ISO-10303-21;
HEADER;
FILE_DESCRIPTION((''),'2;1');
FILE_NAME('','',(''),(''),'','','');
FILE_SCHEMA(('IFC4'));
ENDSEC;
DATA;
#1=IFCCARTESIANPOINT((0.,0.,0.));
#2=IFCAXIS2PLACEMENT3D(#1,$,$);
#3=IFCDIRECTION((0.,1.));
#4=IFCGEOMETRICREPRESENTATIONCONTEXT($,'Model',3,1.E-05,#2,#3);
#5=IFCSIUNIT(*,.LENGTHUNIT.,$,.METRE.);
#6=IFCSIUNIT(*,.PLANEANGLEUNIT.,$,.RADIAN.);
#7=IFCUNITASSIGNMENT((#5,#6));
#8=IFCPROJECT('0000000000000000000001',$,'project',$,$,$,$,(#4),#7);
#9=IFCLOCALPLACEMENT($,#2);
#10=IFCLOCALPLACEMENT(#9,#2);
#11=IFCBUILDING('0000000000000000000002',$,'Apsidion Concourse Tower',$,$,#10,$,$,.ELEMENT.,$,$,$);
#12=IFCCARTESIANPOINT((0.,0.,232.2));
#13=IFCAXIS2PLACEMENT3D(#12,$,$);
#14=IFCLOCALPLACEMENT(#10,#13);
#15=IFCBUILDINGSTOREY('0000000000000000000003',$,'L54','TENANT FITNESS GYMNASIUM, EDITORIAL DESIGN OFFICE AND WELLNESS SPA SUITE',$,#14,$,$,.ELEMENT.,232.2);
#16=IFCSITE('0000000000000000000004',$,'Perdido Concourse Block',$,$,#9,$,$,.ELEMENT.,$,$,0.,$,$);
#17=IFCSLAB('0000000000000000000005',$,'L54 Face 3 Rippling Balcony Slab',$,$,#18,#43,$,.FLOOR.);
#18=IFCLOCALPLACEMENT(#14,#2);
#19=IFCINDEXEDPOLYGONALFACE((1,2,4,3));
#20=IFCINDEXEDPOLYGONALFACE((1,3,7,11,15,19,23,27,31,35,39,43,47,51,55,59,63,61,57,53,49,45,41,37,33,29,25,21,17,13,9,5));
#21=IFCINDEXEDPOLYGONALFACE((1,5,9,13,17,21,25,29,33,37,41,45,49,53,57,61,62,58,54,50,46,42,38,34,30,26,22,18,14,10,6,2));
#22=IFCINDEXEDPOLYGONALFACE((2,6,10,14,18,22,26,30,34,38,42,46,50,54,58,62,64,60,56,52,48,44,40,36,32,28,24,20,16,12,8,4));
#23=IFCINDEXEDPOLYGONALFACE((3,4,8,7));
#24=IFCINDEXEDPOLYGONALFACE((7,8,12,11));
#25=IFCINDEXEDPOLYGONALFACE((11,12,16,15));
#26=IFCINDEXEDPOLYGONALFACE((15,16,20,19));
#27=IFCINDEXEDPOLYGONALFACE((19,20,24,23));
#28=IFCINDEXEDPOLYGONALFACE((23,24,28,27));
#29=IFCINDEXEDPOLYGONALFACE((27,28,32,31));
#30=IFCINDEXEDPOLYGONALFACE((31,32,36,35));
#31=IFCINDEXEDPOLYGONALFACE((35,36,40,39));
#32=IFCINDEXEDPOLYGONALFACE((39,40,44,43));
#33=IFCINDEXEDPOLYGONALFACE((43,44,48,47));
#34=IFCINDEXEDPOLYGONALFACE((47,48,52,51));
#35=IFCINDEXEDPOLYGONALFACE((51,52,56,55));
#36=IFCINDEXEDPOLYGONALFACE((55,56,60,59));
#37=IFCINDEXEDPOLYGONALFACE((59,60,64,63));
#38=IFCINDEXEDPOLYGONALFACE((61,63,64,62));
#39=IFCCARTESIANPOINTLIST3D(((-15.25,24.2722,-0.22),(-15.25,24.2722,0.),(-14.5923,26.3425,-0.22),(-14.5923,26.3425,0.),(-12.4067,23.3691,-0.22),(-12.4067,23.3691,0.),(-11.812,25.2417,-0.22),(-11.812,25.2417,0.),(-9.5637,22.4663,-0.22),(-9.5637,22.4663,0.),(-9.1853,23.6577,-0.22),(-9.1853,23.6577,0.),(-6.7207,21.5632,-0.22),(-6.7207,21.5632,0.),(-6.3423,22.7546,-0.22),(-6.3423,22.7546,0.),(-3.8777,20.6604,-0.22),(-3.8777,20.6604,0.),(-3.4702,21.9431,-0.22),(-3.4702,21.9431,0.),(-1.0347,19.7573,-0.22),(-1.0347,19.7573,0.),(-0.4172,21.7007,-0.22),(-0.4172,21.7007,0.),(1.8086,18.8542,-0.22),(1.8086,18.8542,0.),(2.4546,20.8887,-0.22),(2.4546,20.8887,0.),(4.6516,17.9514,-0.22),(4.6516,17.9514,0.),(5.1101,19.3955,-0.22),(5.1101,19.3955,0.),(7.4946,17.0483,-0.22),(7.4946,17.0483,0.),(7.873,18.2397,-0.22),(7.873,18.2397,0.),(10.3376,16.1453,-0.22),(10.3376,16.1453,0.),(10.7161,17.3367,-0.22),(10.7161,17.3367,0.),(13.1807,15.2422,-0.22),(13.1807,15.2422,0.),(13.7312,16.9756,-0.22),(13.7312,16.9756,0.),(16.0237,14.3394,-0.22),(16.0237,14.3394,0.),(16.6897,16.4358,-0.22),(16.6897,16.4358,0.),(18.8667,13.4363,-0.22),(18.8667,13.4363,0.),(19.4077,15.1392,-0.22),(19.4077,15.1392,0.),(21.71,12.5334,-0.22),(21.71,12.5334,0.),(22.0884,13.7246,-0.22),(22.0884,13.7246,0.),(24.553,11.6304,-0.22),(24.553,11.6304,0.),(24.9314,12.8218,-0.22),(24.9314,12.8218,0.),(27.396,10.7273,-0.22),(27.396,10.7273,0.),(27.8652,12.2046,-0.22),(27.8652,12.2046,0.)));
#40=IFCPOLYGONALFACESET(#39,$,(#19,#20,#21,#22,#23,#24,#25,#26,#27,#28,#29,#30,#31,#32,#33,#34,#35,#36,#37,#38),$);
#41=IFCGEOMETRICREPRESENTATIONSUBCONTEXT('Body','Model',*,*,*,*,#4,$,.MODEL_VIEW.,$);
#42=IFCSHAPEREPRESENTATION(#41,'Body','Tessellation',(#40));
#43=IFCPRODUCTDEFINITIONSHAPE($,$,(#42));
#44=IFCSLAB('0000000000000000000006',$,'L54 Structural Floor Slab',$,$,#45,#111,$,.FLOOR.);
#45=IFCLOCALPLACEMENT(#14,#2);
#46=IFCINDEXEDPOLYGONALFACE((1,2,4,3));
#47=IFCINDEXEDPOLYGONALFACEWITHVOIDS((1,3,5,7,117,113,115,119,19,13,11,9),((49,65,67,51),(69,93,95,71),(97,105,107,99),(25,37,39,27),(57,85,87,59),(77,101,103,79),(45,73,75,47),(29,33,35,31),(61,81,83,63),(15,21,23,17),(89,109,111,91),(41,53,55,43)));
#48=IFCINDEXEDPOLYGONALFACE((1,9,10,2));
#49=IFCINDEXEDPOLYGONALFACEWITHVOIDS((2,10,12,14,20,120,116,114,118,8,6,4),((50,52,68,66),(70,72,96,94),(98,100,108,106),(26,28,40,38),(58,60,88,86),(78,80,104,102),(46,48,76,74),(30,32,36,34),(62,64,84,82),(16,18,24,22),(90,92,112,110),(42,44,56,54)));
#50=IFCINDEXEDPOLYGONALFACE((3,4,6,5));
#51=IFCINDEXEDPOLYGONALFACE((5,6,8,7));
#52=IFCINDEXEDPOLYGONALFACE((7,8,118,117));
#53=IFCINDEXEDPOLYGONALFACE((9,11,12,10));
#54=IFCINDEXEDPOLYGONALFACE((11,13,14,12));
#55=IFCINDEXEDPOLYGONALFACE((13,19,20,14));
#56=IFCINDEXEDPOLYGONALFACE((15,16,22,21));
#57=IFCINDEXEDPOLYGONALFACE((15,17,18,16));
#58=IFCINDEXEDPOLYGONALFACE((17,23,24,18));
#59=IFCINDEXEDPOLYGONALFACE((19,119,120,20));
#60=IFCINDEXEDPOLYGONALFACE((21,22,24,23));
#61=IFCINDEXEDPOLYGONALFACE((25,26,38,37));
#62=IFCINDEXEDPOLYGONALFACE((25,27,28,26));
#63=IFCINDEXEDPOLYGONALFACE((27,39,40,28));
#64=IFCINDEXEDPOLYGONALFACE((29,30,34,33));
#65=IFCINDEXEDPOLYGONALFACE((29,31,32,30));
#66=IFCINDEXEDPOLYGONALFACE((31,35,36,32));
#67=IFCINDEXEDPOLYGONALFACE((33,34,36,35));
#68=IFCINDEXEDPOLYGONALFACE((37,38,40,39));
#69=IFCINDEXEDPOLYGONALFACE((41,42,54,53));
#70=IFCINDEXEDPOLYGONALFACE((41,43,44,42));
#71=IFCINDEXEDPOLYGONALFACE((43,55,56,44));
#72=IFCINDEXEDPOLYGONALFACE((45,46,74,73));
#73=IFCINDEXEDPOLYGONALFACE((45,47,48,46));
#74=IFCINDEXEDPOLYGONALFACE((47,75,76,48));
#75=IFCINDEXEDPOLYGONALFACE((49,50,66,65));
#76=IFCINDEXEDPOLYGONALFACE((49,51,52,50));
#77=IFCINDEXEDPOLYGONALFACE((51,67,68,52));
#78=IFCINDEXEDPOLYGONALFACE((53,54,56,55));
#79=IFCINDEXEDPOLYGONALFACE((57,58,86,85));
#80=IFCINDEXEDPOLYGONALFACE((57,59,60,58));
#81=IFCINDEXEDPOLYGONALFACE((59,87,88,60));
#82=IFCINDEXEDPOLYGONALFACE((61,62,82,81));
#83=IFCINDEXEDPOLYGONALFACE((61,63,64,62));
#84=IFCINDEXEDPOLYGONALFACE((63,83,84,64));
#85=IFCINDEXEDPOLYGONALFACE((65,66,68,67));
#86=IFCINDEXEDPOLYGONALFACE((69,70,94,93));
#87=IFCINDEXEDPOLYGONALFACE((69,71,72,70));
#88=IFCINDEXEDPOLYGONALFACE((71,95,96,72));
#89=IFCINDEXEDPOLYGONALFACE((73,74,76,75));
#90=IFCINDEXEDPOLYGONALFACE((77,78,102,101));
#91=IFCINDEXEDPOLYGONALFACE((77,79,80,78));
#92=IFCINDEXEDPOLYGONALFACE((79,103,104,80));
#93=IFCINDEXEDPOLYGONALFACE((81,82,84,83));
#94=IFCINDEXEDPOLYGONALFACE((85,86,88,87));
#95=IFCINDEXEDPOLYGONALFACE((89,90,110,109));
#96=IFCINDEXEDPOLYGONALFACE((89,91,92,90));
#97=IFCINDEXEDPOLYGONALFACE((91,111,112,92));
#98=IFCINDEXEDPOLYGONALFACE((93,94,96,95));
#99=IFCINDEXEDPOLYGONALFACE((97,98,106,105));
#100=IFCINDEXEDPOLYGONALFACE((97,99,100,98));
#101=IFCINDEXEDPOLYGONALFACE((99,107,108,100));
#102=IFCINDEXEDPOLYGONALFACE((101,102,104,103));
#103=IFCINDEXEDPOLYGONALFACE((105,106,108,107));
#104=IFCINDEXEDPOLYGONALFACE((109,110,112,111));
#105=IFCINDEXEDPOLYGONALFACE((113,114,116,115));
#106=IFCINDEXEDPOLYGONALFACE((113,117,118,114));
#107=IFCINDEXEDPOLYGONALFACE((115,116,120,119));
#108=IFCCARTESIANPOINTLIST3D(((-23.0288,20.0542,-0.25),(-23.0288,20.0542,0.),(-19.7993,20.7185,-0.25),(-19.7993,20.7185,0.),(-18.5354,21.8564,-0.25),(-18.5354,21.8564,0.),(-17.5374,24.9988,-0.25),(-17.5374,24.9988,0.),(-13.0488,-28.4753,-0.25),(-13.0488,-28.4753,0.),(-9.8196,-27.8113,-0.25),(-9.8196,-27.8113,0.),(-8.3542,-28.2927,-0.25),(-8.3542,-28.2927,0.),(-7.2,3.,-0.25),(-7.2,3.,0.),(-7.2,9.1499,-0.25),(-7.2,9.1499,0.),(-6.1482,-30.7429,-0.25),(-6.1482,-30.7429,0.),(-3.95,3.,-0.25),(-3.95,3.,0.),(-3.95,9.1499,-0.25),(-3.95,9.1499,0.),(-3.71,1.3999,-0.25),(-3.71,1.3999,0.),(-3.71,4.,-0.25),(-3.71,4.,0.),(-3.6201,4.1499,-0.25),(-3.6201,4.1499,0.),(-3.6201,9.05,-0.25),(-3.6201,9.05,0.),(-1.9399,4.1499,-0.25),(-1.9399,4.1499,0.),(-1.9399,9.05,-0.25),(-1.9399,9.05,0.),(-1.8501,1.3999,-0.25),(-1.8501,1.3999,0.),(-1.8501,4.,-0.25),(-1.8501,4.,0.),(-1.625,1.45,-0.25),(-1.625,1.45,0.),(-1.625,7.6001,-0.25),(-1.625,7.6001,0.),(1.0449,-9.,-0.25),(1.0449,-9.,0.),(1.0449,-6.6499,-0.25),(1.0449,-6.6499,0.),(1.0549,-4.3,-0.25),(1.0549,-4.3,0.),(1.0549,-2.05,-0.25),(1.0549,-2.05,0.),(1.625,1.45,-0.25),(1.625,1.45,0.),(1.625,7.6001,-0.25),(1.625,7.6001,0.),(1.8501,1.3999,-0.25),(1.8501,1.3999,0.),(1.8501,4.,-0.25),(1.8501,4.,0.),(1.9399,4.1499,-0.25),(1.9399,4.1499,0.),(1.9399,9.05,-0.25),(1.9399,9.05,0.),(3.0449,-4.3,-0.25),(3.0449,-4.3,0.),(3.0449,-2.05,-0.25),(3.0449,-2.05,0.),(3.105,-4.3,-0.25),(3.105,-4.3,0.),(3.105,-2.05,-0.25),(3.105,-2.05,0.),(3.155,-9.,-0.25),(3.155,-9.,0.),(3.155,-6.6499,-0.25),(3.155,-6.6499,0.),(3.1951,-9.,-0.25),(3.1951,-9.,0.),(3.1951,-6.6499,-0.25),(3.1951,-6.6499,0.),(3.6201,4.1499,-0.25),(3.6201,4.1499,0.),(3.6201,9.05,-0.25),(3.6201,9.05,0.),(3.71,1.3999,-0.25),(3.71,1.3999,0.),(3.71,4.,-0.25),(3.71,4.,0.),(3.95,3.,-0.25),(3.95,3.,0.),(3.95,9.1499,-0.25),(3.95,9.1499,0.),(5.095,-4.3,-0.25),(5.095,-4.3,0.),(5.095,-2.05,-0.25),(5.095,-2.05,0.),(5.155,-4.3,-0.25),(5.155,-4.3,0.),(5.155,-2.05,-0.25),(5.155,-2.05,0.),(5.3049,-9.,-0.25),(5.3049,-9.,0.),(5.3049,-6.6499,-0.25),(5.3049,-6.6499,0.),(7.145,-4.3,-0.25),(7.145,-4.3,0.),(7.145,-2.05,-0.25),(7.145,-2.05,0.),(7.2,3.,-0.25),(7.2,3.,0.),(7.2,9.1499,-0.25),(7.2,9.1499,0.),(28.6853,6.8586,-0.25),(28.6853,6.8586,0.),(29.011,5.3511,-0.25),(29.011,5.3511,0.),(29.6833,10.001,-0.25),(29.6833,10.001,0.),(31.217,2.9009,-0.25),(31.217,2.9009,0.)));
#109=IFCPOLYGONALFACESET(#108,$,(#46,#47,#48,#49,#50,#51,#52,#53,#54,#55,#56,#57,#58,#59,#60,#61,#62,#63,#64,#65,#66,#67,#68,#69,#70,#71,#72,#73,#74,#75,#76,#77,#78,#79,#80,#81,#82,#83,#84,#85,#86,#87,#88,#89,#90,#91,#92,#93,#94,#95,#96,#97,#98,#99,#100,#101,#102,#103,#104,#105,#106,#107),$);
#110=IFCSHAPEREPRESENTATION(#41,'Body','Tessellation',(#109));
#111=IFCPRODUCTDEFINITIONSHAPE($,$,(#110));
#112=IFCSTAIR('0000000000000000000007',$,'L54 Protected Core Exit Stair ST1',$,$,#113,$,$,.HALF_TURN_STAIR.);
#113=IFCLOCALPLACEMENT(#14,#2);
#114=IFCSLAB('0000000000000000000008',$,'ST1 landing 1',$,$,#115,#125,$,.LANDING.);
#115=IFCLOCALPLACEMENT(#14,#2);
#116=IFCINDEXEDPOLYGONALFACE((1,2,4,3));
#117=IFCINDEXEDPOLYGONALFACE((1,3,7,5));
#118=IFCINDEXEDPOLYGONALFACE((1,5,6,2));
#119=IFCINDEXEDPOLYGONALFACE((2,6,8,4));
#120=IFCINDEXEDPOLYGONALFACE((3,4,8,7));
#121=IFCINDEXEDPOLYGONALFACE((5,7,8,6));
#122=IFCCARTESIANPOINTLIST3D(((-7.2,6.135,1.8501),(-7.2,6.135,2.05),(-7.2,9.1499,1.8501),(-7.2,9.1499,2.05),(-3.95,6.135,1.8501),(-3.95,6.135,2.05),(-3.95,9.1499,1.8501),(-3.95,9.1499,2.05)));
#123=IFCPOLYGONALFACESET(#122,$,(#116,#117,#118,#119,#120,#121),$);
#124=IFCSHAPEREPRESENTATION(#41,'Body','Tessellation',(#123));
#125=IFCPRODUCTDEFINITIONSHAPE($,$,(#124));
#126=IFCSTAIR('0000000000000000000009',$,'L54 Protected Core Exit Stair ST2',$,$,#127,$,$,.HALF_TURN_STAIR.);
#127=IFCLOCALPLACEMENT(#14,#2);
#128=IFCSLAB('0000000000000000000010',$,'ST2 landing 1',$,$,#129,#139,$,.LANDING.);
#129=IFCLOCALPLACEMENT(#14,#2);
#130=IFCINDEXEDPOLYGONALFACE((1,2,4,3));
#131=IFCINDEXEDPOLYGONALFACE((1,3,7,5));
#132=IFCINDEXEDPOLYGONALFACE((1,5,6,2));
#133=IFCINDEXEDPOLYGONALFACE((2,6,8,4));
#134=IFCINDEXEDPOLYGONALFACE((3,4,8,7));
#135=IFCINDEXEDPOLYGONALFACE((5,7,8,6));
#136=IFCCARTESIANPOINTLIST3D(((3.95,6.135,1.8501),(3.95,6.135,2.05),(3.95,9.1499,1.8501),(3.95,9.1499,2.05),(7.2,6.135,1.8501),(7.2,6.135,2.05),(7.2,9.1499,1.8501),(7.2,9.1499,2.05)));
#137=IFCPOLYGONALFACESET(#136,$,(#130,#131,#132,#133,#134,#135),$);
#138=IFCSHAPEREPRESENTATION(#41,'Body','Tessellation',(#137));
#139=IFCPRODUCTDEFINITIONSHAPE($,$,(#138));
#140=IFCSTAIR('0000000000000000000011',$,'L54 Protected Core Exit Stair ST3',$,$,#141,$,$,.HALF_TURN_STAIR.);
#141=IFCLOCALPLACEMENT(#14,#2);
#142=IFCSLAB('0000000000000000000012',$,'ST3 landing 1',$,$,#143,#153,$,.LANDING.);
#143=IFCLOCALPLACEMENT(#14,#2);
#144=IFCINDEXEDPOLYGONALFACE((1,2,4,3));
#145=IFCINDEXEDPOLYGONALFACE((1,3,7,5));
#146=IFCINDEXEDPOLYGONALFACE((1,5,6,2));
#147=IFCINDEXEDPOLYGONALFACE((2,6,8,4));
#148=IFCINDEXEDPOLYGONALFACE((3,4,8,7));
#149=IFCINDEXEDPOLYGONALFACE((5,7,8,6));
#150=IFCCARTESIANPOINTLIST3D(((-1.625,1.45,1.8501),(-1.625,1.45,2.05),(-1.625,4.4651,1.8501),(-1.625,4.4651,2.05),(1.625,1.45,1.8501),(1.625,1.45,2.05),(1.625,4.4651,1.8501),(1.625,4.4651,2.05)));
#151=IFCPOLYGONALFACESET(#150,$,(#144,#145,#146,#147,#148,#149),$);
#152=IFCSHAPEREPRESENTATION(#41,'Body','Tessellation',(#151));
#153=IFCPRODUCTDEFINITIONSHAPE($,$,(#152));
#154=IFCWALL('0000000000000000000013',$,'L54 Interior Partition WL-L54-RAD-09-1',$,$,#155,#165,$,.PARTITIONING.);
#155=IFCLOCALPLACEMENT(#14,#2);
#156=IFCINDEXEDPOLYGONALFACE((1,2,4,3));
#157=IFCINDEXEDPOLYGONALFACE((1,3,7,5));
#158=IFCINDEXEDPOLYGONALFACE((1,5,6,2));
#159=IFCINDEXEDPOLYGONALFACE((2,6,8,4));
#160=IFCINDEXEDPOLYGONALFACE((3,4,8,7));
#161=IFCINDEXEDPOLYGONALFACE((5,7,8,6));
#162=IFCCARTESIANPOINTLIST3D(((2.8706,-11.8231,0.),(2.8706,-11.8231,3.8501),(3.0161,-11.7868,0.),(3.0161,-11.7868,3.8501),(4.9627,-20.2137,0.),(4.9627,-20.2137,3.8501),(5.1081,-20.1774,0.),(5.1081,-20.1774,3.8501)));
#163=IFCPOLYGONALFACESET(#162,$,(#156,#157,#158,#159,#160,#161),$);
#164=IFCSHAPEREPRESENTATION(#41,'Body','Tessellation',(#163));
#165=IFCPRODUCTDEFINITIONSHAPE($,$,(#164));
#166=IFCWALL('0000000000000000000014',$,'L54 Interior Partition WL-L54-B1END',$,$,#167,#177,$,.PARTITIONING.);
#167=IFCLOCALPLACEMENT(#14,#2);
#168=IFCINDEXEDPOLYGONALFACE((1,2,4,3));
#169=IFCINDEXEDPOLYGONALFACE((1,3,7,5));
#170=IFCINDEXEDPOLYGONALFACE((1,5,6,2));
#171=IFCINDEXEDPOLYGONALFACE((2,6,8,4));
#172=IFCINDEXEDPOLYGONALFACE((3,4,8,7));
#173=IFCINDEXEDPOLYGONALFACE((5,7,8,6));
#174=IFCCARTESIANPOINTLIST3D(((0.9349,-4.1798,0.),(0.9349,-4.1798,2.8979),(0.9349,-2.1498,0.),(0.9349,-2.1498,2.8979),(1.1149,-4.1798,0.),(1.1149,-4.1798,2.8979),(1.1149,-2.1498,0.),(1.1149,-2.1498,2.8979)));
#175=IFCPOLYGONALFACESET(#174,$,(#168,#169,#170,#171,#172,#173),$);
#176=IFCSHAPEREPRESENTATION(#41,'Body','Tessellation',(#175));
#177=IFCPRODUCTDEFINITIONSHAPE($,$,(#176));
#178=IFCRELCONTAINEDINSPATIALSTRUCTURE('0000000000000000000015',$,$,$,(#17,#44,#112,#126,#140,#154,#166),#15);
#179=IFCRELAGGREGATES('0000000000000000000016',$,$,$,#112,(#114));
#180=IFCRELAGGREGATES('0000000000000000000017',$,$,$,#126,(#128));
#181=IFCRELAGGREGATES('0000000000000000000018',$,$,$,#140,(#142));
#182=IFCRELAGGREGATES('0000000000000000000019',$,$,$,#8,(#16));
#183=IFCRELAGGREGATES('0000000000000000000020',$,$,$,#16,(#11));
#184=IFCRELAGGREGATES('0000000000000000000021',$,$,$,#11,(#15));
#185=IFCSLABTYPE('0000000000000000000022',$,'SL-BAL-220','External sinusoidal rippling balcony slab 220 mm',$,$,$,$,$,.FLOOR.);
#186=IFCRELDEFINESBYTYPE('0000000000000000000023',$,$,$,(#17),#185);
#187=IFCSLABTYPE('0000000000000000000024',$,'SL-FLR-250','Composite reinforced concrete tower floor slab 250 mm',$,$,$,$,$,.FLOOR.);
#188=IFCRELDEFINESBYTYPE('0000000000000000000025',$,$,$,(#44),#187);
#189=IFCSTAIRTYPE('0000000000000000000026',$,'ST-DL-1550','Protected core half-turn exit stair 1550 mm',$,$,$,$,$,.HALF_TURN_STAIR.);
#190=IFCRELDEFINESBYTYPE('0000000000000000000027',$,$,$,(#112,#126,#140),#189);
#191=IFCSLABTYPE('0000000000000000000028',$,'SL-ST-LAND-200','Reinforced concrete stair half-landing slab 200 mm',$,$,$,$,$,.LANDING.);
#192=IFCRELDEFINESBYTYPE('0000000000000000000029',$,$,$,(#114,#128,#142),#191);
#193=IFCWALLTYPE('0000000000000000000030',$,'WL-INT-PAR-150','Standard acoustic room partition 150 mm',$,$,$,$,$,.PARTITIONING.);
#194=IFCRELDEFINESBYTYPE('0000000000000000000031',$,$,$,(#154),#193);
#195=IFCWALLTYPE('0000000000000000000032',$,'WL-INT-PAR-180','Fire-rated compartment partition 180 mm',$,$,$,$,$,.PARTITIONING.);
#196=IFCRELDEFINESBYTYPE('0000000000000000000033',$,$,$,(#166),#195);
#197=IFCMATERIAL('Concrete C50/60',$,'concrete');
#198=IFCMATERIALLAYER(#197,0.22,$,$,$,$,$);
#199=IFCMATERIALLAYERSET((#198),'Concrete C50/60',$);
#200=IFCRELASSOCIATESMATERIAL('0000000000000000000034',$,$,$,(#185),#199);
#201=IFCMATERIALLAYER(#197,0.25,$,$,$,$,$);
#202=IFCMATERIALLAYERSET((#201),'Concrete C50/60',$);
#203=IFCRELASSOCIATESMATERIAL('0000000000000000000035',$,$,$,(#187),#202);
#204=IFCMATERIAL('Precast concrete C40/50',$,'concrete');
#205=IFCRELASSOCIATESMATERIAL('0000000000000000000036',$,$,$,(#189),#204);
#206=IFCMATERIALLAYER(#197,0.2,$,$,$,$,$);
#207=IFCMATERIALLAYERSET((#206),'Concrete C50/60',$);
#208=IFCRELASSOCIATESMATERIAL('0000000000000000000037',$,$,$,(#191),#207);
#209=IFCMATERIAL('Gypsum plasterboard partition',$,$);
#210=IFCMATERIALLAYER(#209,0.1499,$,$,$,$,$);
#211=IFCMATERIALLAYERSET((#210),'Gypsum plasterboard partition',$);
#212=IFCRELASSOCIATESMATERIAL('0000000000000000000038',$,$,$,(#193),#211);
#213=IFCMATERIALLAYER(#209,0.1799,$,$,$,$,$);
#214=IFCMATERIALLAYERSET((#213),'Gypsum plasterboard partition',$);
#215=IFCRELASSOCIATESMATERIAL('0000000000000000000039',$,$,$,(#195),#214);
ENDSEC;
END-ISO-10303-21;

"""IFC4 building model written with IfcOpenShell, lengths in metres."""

from ifc_helpers import new_model, si_unit, direction, frame, frame_2d, origin, place, context, subcontext, project, spatial, polyline, rectangle, outline, extrude, material, layer, layer_set, type_object, element, aggregate, save


model = new_model("IFC4")

# Units and contexts
model_context = context("Model", 3, precision=1e-05, world=origin(), true_north=direction((0.0, 1.0)))
body_context = subcontext(model_context, "Body", "Model", "MODEL_VIEW")
ifc_project = project(units=[si_unit("LENGTHUNIT", "METRE"), si_unit("PLANEANGLEUNIT", "RADIAN")], contexts=[model_context])

# Site, building, storey
site_placement = place(None, origin())
site = spatial("IfcSite", under=ifc_project, at=site_placement, Name="Perdido Concourse Block", CompositionType="ELEMENT", RefElevation=0.0)
building_placement = place(site_placement, origin())
building = spatial("IfcBuilding", under=site, at=building_placement, Name="Apsidion Concourse Tower", CompositionType="ELEMENT")
storey_placement = place(building_placement, frame((0.0, 0.0, 232.2)))
storey = spatial("IfcBuildingStorey", under=building, at=storey_placement, Name="L54", Description="TENANT FITNESS GYMNASIUM, EDITORIAL DESIGN OFFICE AND WELLNESS SPA SUITE", CompositionType="ELEMENT", Elevation=232.2)

# Shared definitions
ifc_material_1 = material(Name="Concrete C50/60", Category="concrete")

# Slabs
ifc_layer_1 = layer(ifc_material_1, 0.22)
ifc_layer_set_1 = layer_set([ifc_layer_1], Name="Concrete C50/60")
slab_type_1 = type_object("IfcSlabType", Name="SL-BAL-220", Description="External sinusoidal rippling balcony slab 220 mm", PredefinedType="FLOOR", material=ifc_layer_set_1)
slab_1_placement = place(storey_placement, frame((0.0, 0.0, -0.22)))
element("IfcSlab", 1, at=slab_1_placement, inside=storey, type_object=slab_type_1, Name="L54 Face 3 Rippling Balcony Slab", PredefinedType="FLOOR", context=body_context, shape_type="SweptSolid", body=[
    extrude(outline(polyline([(27.396, 10.7273), (24.553, 11.6304), (21.71, 12.5334), (18.8667, 13.4363), (16.0237, 14.3394), (13.1807, 15.2422), (10.3376, 16.1453), (7.4946, 17.0483), (4.6516, 17.9514), (1.8086, 18.8542), (-1.0347, 19.7573), (-3.8777, 20.6604), (-6.7207, 21.5632), (-9.5637, 22.4663), (-12.4067, 23.3691), (-15.25, 24.2722), (-14.5923, 26.3425), (-11.812, 25.2417), (-9.1853, 23.6577), (-6.3423, 22.7546), (-3.4702, 21.9431), (-0.4172, 21.7007), (2.4546, 20.8887), (5.1101, 19.3955), (7.873, 18.2397), (10.7161, 17.3367), (13.7312, 16.9756), (16.6897, 16.4358), (19.4077, 15.1392), (22.0884, 13.7246), (24.9314, 12.8218), (27.8652, 12.2046), (27.396, 10.7273)])), origin(), (0.0, 0.0, 1.0), 0.22),
])
ifc_layer_2 = layer(ifc_material_1, 0.25)
ifc_layer_set_2 = layer_set([ifc_layer_2], Name="Concrete C50/60")
slab_type_2 = type_object("IfcSlabType", Name="SL-FLR-250", Description="Composite reinforced concrete tower floor slab 250 mm", PredefinedType="FLOOR", material=ifc_layer_set_2)
slab_2_placement = place(storey_placement, frame((0.0, 0.0, -0.25)))
element("IfcSlab", 2, at=slab_2_placement, inside=storey, type_object=slab_type_2, Name="L54 Structural Floor Slab", PredefinedType="FLOOR", context=body_context, shape_type="SweptSolid", body=[
    extrude(outline(polyline([(-17.5374, 24.9988), (-18.5354, 21.8564), (-19.7993, 20.7185), (-23.0288, 20.0542), (-13.0488, -28.4753), (-9.8196, -27.8113), (-8.3542, -28.2927), (-6.1482, -30.7429), (31.217, 2.9009), (29.011, 5.3511), (28.6853, 6.8586), (29.6833, 10.001), (-17.5374, 24.9988)]), holes=[polyline([(-3.95, 3.0), (-3.95, 9.1499), (-7.2, 9.1499), (-7.2, 3.0), (-3.95, 3.0)]), polyline([(7.2, 3.0), (7.2, 9.1499), (3.95, 9.1499), (3.95, 3.0), (7.2, 3.0)]), polyline([(-1.625, 7.6001), (-1.625, 1.45), (1.625, 1.45), (1.625, 7.6001), (-1.625, 7.6001)]), polyline([(1.0549, -4.3), (3.0449, -4.3), (3.0449, -2.05), (1.0549, -2.05), (1.0549, -4.3)]), polyline([(3.105, -4.3), (5.095, -4.3), (5.095, -2.05), (3.105, -2.05), (3.105, -4.3)]), polyline([(5.155, -4.3), (7.145, -4.3), (7.145, -2.05), (5.155, -2.05), (5.155, -4.3)]), polyline([(1.0449, -9.0), (3.155, -9.0), (3.155, -6.6499), (1.0449, -6.6499), (1.0449, -9.0)]), polyline([(3.1951, -9.0), (5.3049, -9.0), (5.3049, -6.6499), (3.1951, -6.6499), (3.1951, -9.0)]), polyline([(-3.71, 1.3999), (-1.8501, 1.3999), (-1.8501, 4.0), (-3.71, 4.0), (-3.71, 1.3999)]), polyline([(1.8501, 1.3999), (3.71, 1.3999), (3.71, 4.0), (1.8501, 4.0), (1.8501, 1.3999)]), polyline([(-3.6201, 4.1499), (-1.9399, 4.1499), (-1.9399, 9.05), (-3.6201, 9.05), (-3.6201, 4.1499)]), polyline([(1.9399, 4.1499), (3.6201, 4.1499), (3.6201, 9.05), (1.9399, 9.05), (1.9399, 4.1499)])]), origin(), (0.0, 0.0, 1.0), 0.25),
])

# Stairs, slabs
ifc_material_2 = material(Name="Precast concrete C40/50", Category="concrete")
stair_type = type_object("IfcStairType", Name="ST-DL-1550", Description="Protected core half-turn exit stair 1550 mm", PredefinedType="HALF_TURN_STAIR", material=ifc_material_2)
stair_1_placement = place(storey_placement, origin())
stair_1 = element("IfcStair", 3, at=stair_1_placement, inside=storey, type_object=stair_type, Name="L54 Protected Core Exit Stair ST1", PredefinedType="HALF_TURN_STAIR")
ifc_layer_3 = layer(ifc_material_1, 0.2)
ifc_layer_set_3 = layer_set([ifc_layer_3], Name="Concrete C50/60")
slab_type_3 = type_object("IfcSlabType", Name="SL-ST-LAND-200", Description="Reinforced concrete stair half-landing slab 200 mm", PredefinedType="LANDING", material=ifc_layer_set_3)
slab_3_placement = place(storey_placement, frame((0.0, 0.0, 1.8501)))
slab_3 = element("IfcSlab", 4, at=slab_3_placement, type_object=slab_type_3, Name="ST1 landing 1", PredefinedType="LANDING", context=body_context, shape_type="SweptSolid", body=[
    extrude(outline(polyline([(-3.95, 6.135), (-3.95, 9.1499), (-7.2, 9.1499), (-7.2, 6.135), (-3.95, 6.135)])), origin(), (0.0, 0.0, 1.0), 0.2),
])
aggregate(stair_1, [slab_3])
stair_2_placement = place(storey_placement, origin())
stair_2 = element("IfcStair", 5, at=stair_2_placement, inside=storey, type_object=stair_type, Name="L54 Protected Core Exit Stair ST2", PredefinedType="HALF_TURN_STAIR")
slab_4_placement = place(storey_placement, frame((0.0, 0.0, 1.8501)))
slab_4 = element("IfcSlab", 6, at=slab_4_placement, type_object=slab_type_3, Name="ST2 landing 1", PredefinedType="LANDING", context=body_context, shape_type="SweptSolid", body=[
    extrude(outline(polyline([(7.2, 6.135), (7.2, 9.1499), (3.95, 9.1499), (3.95, 6.135), (7.2, 6.135)])), origin(), (0.0, 0.0, 1.0), 0.2),
])
aggregate(stair_2, [slab_4])
stair_3_placement = place(storey_placement, origin())
stair_3 = element("IfcStair", 7, at=stair_3_placement, inside=storey, type_object=stair_type, Name="L54 Protected Core Exit Stair ST3", PredefinedType="HALF_TURN_STAIR")
slab_5_placement = place(storey_placement, frame((0.0, 0.0, 1.8501)))
slab_5 = element("IfcSlab", 8, at=slab_5_placement, type_object=slab_type_3, Name="ST3 landing 1", PredefinedType="LANDING", context=body_context, shape_type="SweptSolid", body=[
    extrude(outline(polyline([(-1.625, 4.4651), (-1.625, 1.45), (1.625, 1.45), (1.625, 4.4651), (-1.625, 4.4651)])), origin(), (0.0, 0.0, 1.0), 0.2),
])
aggregate(stair_3, [slab_5])

# Walls
ifc_material_3 = material(Name="Gypsum plasterboard partition")
ifc_layer_4 = layer(ifc_material_3, 0.1499)
ifc_layer_set_4 = layer_set([ifc_layer_4], Name="Gypsum plasterboard partition")
wall_type_1 = type_object("IfcWallType", Name="WL-INT-PAR-150", Description="Standard acoustic room partition 150 mm", PredefinedType="PARTITIONING", material=ifc_layer_set_4)
wall_1_placement = place(storey_placement, frame((2.9434, -11.8049, 0.0), z_axis=(0.0, 0.0, 1.0), x_axis=(0.241924, -0.970295, 0.0)))
element("IfcWall", 9, at=wall_1_placement, inside=storey, type_object=wall_type_1, Name="L54 Interior Partition WL-L54-RAD-09-1", PredefinedType="PARTITIONING", context=body_context, shape_type="SweptSolid", body=[
    extrude(rectangle(XDim=8.6475, YDim=0.1499, at=frame_2d((4.3237, 0.0))), origin(), (0.0, 0.0, 1.0), 3.8501),
])
ifc_layer_5 = layer(ifc_material_3, 0.1799)
ifc_layer_set_5 = layer_set([ifc_layer_5], Name="Gypsum plasterboard partition")
wall_type_2 = type_object("IfcWallType", Name="WL-INT-PAR-180", Description="Fire-rated compartment partition 180 mm", PredefinedType="PARTITIONING", material=ifc_layer_set_5)
wall_2_placement = place(storey_placement, frame((1.0249, -4.1799, 0.0), z_axis=(0.0, 0.0, 1.0), x_axis=(0.0, 1.0, 0.0)))
element("IfcWall", 10, at=wall_2_placement, inside=storey, type_object=wall_type_2, Name="L54 Interior Partition WL-L54-B1END", PredefinedType="PARTITIONING", context=body_context, shape_type="SweptSolid", body=[
    extrude(rectangle(XDim=2.03, YDim=0.1799, at=frame_2d((1.0151, 0.0))), origin(), (0.0, 0.0, 1.0), 2.8979),
])

save(model, "model.ifc")
